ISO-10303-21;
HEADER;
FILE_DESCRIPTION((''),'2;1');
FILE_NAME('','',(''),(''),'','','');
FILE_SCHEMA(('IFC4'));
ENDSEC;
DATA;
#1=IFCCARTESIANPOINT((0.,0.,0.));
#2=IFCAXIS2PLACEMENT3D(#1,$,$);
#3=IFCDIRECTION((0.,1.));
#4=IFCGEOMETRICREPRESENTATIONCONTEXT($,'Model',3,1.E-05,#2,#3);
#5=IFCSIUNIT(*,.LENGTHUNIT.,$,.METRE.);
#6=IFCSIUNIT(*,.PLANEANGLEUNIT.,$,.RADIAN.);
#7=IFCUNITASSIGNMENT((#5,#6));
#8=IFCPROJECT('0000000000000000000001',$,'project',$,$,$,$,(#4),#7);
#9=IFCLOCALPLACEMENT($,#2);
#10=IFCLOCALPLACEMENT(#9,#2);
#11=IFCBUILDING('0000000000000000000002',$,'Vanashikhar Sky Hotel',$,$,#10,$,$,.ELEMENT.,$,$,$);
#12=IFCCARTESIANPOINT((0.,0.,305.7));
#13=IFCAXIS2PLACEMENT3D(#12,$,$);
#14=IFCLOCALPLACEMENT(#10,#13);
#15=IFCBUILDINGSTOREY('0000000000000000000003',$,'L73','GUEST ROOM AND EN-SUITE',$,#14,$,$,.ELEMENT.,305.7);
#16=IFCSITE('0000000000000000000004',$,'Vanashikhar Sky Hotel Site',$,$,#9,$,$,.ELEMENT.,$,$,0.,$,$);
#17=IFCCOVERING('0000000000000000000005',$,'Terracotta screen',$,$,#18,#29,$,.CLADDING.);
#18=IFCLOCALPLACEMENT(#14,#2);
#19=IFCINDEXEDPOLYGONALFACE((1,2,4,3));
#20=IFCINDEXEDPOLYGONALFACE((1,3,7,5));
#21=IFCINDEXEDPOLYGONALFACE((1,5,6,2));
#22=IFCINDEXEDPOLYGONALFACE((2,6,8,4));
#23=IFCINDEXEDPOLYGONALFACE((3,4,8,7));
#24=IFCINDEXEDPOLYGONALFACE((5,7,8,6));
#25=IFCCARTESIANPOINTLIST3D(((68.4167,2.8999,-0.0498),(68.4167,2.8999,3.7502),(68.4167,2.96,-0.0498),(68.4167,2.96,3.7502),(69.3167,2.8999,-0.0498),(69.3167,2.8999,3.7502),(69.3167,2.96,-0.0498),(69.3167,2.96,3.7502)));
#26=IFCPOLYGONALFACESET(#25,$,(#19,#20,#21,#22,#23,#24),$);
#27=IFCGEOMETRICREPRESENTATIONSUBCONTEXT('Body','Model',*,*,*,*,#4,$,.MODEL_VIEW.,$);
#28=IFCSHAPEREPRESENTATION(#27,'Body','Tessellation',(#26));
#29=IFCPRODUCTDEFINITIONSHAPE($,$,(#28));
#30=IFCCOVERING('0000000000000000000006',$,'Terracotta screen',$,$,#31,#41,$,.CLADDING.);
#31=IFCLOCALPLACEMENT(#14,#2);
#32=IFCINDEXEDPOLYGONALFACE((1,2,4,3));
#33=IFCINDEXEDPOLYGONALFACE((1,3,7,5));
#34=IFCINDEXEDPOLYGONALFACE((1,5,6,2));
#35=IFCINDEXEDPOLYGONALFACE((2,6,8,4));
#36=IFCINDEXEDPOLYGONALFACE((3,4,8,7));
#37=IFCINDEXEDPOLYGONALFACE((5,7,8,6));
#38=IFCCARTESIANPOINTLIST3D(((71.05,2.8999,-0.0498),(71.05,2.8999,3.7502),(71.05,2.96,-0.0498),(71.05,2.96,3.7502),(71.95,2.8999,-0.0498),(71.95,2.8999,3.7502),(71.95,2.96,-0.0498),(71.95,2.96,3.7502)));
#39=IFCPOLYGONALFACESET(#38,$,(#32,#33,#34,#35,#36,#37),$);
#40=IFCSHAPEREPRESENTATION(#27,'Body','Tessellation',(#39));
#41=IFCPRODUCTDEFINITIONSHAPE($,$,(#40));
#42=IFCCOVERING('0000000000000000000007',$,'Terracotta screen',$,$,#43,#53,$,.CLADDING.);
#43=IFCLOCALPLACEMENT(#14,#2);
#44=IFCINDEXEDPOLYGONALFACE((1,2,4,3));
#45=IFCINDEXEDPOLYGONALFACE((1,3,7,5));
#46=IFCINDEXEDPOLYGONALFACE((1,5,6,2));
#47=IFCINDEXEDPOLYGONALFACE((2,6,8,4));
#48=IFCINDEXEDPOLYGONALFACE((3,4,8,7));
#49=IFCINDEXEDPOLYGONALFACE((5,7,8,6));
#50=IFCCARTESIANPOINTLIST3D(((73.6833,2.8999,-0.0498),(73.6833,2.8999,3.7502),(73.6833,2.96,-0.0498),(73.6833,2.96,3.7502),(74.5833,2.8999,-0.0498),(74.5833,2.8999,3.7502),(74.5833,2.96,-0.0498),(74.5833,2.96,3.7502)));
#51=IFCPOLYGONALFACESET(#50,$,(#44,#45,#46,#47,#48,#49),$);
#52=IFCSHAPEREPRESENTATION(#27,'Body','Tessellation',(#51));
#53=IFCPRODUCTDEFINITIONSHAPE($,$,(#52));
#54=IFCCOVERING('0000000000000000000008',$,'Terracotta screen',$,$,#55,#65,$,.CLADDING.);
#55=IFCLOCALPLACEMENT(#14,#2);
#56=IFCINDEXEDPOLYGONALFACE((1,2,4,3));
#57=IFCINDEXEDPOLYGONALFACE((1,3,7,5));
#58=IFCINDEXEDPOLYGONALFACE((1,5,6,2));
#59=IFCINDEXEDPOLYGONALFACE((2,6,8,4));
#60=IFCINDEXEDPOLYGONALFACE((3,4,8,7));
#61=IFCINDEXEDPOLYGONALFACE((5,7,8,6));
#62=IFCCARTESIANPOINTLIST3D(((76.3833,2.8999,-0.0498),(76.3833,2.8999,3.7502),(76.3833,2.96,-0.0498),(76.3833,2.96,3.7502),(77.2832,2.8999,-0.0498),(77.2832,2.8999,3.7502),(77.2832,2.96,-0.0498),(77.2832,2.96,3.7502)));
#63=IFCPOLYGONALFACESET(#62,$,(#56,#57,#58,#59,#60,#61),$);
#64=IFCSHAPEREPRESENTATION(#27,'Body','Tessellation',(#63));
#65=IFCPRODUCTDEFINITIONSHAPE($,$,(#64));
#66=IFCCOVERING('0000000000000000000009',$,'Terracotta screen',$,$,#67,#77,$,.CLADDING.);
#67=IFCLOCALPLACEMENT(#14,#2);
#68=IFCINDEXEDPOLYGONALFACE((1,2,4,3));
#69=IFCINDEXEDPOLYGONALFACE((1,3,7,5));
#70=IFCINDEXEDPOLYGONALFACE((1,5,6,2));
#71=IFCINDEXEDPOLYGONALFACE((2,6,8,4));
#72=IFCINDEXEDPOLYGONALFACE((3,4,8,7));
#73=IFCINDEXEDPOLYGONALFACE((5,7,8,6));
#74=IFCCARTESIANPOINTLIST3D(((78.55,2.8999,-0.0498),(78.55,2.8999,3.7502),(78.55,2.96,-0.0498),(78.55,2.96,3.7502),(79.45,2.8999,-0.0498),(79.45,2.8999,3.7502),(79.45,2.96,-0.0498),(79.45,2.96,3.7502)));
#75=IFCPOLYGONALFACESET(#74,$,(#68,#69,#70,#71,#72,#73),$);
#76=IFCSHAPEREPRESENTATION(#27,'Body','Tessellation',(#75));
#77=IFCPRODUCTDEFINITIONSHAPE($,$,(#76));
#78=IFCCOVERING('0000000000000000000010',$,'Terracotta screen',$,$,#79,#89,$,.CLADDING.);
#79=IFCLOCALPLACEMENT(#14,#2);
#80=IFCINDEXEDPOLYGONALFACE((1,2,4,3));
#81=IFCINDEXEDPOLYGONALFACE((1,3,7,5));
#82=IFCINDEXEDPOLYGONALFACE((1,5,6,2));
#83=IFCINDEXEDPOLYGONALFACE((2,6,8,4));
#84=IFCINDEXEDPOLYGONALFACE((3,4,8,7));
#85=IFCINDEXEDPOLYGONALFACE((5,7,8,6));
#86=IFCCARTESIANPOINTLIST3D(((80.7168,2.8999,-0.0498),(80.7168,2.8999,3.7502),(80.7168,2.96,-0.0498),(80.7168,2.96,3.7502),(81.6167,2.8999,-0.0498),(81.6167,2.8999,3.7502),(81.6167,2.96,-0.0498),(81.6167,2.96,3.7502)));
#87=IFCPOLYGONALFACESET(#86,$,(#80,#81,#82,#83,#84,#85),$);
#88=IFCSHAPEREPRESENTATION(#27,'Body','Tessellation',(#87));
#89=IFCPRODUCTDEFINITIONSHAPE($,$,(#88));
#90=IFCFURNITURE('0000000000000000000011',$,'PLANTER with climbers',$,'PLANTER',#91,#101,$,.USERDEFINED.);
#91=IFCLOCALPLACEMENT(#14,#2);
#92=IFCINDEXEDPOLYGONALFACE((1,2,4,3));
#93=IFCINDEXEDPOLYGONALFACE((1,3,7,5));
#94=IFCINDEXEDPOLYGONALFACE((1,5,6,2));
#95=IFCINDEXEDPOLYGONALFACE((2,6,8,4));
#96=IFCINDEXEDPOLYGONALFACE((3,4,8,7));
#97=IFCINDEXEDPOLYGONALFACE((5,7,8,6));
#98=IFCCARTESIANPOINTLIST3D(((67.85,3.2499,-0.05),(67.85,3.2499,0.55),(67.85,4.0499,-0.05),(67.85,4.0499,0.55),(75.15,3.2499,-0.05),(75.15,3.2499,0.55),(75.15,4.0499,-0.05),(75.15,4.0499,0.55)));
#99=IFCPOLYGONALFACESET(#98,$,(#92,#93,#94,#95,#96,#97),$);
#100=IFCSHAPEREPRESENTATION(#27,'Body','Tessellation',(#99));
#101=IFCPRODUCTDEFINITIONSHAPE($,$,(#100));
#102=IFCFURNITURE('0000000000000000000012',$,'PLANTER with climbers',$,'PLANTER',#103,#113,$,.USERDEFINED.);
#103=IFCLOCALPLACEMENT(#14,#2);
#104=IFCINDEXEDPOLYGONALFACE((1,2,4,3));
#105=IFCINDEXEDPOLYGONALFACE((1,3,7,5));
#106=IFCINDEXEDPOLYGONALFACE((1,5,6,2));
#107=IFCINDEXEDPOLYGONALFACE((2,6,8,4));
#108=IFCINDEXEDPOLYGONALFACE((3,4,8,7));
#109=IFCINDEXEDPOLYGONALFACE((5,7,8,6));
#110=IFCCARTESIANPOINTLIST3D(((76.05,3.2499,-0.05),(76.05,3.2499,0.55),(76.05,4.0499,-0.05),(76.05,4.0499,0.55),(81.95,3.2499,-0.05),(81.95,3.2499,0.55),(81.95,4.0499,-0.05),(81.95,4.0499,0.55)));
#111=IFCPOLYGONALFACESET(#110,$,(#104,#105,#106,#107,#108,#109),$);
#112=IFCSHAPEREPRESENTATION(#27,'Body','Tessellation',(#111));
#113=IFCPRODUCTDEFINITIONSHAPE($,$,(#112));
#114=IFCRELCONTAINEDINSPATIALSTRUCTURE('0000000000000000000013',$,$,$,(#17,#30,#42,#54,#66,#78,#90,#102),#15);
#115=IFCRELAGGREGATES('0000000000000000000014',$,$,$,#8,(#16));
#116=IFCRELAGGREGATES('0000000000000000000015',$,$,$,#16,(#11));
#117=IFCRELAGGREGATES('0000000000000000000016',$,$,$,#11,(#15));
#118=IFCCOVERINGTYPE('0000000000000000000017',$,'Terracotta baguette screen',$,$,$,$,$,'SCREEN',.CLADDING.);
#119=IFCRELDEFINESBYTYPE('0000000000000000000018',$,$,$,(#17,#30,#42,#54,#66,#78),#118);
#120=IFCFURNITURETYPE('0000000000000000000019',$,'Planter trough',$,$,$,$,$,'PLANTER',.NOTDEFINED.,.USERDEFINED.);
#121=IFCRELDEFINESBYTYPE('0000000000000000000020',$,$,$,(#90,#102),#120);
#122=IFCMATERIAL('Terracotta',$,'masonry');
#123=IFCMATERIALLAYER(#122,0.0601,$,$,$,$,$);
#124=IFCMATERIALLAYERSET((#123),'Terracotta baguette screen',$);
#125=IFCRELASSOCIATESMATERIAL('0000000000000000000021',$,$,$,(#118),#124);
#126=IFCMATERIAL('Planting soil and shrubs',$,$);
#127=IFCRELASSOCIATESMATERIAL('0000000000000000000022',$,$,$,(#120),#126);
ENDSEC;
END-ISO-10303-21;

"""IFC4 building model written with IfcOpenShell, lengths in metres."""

from ifc_helpers import new_model, si_unit, direction, frame, origin, origin_2d, place, context, subcontext, project, spatial, rectangle, extrude, source, transform, mapped, material, layer, layer_set, type_object, element, save


model = new_model("IFC4")

# Units and contexts
model_context = context("Model", 3, precision=1e-05, world=origin(), true_north=direction((0.0, 1.0)))
body_context = subcontext(model_context, "Body", "Model", "MODEL_VIEW")
ifc_project = project(units=[si_unit("LENGTHUNIT", "METRE"), si_unit("PLANEANGLEUNIT", "RADIAN")], contexts=[model_context])

# Site, building, storey
site_placement = place(None, origin())
site = spatial("IfcSite", under=ifc_project, at=site_placement, Name="Vanashikhar Sky Hotel Site", CompositionType="ELEMENT", RefElevation=0.0)
building_placement = place(site_placement, origin())
building = spatial("IfcBuilding", under=site, at=building_placement, Name="Vanashikhar Sky Hotel", CompositionType="ELEMENT")
storey_placement = place(building_placement, frame((0.0, 0.0, 305.7)))
storey = spatial("IfcBuildingStorey", under=building, at=storey_placement, Name="L73", Description="GUEST ROOM AND EN-SUITE", CompositionType="ELEMENT", Elevation=305.7)

# Coverings
ifc_material_1 = material(Name="Terracotta", Category="masonry")
ifc_layer_1 = layer(ifc_material_1, 0.0601)
ifc_layer_set_1 = layer_set([ifc_layer_1], Name="Terracotta baguette screen")
covering_type = type_object("IfcCoveringType", Name="Terracotta baguette screen", ElementType="SCREEN", PredefinedType="CLADDING", material=ifc_layer_set_1)
shared_shape_1 = source(origin(), body_context, "Body", "SweptSolid", [
    extrude(rectangle(XDim=0.8999, YDim=0.0601, at=origin_2d()), origin(), (0.0, 0.0, 1.0), 3.8),
])
for number, where, z_axis, x_axis, name in (
    (1, (68.8667, 2.9299, -0.0498), (0.0, 0.0, 1.0), (1.0, 0.0, 0.0), "Terracotta screen"),
    (2, (71.5, 2.9299, -0.0498), (0.0, 0.0, 1.0), (1.0, 0.0, 0.0), "Terracotta screen"),
    (3, (74.1333, 2.9299, -0.0498), (0.0, 0.0, 1.0), (1.0, 0.0, 0.0), "Terracotta screen"),
    (4, (76.8333, 2.9299, -0.0498), (0.0, 0.0, 1.0), (1.0, 0.0, 0.0), "Terracotta screen"),
    (5, (79.0, 2.9299, -0.0498), (0.0, 0.0, 1.0), (1.0, 0.0, 0.0), "Terracotta screen"),
    (6, (81.1667, 2.9299, -0.0498), (0.0, 0.0, 1.0), (1.0, 0.0, 0.0), "Terracotta screen"),
):
    element("IfcCovering", number, at=place(storey_placement, frame(where, z_axis=z_axis, x_axis=x_axis)), inside=storey, type_object=covering_type, Name=name, PredefinedType="CLADDING", context=body_context, shape_type="MappedRepresentation", body=[
        mapped(shared_shape_1, transform((0.0, 0.0, 0.0), scale=1.0)),
    ])

# Furniture
ifc_material_2 = material(Name="Planting soil and shrubs")
furniture_type = type_object("IfcFurnitureType", Name="Planter trough", ElementType="PLANTER", AssemblyPlace="NOTDEFINED", PredefinedType="USERDEFINED", material=ifc_material_2)
shared_shape_2 = source(origin(), body_context, "Body", "SweptSolid", [
    extrude(rectangle(XDim=7.3, YDim=0.8, at=origin_2d()), origin(), (0.0, 0.0, 1.0), 0.6001),
])
furniture_1_placement = place(storey_placement, frame((71.5, 3.6499, -0.05), z_axis=(0.0, 0.0, 1.0), x_axis=(1.0, 0.0, 0.0)))
element("IfcFurniture", 7, at=furniture_1_placement, inside=storey, type_object=furniture_type, Name="PLANTER with climbers", ObjectType="PLANTER", PredefinedType="USERDEFINED", context=body_context, shape_type="MappedRepresentation", body=[
    mapped(shared_shape_2, transform((0.0, 0.0, 0.0), scale=1.0)),
])
shared_shape_3 = source(origin(), body_context, "Body", "SweptSolid", [
    extrude(rectangle(XDim=5.8999, YDim=0.8, at=origin_2d()), origin(), (0.0, 0.0, 1.0), 0.6001),
])
furniture_2_placement = place(storey_placement, frame((79.0, 3.6499, -0.05), z_axis=(0.0, 0.0, 1.0), x_axis=(1.0, 0.0, 0.0)))
element("IfcFurniture", 8, at=furniture_2_placement, inside=storey, type_object=furniture_type, Name="PLANTER with climbers", ObjectType="PLANTER", PredefinedType="USERDEFINED", context=body_context, shape_type="MappedRepresentation", body=[
    mapped(shared_shape_3, transform((0.0, 0.0, 0.0), scale=1.0)),
])

save(model, "model.ifc")
